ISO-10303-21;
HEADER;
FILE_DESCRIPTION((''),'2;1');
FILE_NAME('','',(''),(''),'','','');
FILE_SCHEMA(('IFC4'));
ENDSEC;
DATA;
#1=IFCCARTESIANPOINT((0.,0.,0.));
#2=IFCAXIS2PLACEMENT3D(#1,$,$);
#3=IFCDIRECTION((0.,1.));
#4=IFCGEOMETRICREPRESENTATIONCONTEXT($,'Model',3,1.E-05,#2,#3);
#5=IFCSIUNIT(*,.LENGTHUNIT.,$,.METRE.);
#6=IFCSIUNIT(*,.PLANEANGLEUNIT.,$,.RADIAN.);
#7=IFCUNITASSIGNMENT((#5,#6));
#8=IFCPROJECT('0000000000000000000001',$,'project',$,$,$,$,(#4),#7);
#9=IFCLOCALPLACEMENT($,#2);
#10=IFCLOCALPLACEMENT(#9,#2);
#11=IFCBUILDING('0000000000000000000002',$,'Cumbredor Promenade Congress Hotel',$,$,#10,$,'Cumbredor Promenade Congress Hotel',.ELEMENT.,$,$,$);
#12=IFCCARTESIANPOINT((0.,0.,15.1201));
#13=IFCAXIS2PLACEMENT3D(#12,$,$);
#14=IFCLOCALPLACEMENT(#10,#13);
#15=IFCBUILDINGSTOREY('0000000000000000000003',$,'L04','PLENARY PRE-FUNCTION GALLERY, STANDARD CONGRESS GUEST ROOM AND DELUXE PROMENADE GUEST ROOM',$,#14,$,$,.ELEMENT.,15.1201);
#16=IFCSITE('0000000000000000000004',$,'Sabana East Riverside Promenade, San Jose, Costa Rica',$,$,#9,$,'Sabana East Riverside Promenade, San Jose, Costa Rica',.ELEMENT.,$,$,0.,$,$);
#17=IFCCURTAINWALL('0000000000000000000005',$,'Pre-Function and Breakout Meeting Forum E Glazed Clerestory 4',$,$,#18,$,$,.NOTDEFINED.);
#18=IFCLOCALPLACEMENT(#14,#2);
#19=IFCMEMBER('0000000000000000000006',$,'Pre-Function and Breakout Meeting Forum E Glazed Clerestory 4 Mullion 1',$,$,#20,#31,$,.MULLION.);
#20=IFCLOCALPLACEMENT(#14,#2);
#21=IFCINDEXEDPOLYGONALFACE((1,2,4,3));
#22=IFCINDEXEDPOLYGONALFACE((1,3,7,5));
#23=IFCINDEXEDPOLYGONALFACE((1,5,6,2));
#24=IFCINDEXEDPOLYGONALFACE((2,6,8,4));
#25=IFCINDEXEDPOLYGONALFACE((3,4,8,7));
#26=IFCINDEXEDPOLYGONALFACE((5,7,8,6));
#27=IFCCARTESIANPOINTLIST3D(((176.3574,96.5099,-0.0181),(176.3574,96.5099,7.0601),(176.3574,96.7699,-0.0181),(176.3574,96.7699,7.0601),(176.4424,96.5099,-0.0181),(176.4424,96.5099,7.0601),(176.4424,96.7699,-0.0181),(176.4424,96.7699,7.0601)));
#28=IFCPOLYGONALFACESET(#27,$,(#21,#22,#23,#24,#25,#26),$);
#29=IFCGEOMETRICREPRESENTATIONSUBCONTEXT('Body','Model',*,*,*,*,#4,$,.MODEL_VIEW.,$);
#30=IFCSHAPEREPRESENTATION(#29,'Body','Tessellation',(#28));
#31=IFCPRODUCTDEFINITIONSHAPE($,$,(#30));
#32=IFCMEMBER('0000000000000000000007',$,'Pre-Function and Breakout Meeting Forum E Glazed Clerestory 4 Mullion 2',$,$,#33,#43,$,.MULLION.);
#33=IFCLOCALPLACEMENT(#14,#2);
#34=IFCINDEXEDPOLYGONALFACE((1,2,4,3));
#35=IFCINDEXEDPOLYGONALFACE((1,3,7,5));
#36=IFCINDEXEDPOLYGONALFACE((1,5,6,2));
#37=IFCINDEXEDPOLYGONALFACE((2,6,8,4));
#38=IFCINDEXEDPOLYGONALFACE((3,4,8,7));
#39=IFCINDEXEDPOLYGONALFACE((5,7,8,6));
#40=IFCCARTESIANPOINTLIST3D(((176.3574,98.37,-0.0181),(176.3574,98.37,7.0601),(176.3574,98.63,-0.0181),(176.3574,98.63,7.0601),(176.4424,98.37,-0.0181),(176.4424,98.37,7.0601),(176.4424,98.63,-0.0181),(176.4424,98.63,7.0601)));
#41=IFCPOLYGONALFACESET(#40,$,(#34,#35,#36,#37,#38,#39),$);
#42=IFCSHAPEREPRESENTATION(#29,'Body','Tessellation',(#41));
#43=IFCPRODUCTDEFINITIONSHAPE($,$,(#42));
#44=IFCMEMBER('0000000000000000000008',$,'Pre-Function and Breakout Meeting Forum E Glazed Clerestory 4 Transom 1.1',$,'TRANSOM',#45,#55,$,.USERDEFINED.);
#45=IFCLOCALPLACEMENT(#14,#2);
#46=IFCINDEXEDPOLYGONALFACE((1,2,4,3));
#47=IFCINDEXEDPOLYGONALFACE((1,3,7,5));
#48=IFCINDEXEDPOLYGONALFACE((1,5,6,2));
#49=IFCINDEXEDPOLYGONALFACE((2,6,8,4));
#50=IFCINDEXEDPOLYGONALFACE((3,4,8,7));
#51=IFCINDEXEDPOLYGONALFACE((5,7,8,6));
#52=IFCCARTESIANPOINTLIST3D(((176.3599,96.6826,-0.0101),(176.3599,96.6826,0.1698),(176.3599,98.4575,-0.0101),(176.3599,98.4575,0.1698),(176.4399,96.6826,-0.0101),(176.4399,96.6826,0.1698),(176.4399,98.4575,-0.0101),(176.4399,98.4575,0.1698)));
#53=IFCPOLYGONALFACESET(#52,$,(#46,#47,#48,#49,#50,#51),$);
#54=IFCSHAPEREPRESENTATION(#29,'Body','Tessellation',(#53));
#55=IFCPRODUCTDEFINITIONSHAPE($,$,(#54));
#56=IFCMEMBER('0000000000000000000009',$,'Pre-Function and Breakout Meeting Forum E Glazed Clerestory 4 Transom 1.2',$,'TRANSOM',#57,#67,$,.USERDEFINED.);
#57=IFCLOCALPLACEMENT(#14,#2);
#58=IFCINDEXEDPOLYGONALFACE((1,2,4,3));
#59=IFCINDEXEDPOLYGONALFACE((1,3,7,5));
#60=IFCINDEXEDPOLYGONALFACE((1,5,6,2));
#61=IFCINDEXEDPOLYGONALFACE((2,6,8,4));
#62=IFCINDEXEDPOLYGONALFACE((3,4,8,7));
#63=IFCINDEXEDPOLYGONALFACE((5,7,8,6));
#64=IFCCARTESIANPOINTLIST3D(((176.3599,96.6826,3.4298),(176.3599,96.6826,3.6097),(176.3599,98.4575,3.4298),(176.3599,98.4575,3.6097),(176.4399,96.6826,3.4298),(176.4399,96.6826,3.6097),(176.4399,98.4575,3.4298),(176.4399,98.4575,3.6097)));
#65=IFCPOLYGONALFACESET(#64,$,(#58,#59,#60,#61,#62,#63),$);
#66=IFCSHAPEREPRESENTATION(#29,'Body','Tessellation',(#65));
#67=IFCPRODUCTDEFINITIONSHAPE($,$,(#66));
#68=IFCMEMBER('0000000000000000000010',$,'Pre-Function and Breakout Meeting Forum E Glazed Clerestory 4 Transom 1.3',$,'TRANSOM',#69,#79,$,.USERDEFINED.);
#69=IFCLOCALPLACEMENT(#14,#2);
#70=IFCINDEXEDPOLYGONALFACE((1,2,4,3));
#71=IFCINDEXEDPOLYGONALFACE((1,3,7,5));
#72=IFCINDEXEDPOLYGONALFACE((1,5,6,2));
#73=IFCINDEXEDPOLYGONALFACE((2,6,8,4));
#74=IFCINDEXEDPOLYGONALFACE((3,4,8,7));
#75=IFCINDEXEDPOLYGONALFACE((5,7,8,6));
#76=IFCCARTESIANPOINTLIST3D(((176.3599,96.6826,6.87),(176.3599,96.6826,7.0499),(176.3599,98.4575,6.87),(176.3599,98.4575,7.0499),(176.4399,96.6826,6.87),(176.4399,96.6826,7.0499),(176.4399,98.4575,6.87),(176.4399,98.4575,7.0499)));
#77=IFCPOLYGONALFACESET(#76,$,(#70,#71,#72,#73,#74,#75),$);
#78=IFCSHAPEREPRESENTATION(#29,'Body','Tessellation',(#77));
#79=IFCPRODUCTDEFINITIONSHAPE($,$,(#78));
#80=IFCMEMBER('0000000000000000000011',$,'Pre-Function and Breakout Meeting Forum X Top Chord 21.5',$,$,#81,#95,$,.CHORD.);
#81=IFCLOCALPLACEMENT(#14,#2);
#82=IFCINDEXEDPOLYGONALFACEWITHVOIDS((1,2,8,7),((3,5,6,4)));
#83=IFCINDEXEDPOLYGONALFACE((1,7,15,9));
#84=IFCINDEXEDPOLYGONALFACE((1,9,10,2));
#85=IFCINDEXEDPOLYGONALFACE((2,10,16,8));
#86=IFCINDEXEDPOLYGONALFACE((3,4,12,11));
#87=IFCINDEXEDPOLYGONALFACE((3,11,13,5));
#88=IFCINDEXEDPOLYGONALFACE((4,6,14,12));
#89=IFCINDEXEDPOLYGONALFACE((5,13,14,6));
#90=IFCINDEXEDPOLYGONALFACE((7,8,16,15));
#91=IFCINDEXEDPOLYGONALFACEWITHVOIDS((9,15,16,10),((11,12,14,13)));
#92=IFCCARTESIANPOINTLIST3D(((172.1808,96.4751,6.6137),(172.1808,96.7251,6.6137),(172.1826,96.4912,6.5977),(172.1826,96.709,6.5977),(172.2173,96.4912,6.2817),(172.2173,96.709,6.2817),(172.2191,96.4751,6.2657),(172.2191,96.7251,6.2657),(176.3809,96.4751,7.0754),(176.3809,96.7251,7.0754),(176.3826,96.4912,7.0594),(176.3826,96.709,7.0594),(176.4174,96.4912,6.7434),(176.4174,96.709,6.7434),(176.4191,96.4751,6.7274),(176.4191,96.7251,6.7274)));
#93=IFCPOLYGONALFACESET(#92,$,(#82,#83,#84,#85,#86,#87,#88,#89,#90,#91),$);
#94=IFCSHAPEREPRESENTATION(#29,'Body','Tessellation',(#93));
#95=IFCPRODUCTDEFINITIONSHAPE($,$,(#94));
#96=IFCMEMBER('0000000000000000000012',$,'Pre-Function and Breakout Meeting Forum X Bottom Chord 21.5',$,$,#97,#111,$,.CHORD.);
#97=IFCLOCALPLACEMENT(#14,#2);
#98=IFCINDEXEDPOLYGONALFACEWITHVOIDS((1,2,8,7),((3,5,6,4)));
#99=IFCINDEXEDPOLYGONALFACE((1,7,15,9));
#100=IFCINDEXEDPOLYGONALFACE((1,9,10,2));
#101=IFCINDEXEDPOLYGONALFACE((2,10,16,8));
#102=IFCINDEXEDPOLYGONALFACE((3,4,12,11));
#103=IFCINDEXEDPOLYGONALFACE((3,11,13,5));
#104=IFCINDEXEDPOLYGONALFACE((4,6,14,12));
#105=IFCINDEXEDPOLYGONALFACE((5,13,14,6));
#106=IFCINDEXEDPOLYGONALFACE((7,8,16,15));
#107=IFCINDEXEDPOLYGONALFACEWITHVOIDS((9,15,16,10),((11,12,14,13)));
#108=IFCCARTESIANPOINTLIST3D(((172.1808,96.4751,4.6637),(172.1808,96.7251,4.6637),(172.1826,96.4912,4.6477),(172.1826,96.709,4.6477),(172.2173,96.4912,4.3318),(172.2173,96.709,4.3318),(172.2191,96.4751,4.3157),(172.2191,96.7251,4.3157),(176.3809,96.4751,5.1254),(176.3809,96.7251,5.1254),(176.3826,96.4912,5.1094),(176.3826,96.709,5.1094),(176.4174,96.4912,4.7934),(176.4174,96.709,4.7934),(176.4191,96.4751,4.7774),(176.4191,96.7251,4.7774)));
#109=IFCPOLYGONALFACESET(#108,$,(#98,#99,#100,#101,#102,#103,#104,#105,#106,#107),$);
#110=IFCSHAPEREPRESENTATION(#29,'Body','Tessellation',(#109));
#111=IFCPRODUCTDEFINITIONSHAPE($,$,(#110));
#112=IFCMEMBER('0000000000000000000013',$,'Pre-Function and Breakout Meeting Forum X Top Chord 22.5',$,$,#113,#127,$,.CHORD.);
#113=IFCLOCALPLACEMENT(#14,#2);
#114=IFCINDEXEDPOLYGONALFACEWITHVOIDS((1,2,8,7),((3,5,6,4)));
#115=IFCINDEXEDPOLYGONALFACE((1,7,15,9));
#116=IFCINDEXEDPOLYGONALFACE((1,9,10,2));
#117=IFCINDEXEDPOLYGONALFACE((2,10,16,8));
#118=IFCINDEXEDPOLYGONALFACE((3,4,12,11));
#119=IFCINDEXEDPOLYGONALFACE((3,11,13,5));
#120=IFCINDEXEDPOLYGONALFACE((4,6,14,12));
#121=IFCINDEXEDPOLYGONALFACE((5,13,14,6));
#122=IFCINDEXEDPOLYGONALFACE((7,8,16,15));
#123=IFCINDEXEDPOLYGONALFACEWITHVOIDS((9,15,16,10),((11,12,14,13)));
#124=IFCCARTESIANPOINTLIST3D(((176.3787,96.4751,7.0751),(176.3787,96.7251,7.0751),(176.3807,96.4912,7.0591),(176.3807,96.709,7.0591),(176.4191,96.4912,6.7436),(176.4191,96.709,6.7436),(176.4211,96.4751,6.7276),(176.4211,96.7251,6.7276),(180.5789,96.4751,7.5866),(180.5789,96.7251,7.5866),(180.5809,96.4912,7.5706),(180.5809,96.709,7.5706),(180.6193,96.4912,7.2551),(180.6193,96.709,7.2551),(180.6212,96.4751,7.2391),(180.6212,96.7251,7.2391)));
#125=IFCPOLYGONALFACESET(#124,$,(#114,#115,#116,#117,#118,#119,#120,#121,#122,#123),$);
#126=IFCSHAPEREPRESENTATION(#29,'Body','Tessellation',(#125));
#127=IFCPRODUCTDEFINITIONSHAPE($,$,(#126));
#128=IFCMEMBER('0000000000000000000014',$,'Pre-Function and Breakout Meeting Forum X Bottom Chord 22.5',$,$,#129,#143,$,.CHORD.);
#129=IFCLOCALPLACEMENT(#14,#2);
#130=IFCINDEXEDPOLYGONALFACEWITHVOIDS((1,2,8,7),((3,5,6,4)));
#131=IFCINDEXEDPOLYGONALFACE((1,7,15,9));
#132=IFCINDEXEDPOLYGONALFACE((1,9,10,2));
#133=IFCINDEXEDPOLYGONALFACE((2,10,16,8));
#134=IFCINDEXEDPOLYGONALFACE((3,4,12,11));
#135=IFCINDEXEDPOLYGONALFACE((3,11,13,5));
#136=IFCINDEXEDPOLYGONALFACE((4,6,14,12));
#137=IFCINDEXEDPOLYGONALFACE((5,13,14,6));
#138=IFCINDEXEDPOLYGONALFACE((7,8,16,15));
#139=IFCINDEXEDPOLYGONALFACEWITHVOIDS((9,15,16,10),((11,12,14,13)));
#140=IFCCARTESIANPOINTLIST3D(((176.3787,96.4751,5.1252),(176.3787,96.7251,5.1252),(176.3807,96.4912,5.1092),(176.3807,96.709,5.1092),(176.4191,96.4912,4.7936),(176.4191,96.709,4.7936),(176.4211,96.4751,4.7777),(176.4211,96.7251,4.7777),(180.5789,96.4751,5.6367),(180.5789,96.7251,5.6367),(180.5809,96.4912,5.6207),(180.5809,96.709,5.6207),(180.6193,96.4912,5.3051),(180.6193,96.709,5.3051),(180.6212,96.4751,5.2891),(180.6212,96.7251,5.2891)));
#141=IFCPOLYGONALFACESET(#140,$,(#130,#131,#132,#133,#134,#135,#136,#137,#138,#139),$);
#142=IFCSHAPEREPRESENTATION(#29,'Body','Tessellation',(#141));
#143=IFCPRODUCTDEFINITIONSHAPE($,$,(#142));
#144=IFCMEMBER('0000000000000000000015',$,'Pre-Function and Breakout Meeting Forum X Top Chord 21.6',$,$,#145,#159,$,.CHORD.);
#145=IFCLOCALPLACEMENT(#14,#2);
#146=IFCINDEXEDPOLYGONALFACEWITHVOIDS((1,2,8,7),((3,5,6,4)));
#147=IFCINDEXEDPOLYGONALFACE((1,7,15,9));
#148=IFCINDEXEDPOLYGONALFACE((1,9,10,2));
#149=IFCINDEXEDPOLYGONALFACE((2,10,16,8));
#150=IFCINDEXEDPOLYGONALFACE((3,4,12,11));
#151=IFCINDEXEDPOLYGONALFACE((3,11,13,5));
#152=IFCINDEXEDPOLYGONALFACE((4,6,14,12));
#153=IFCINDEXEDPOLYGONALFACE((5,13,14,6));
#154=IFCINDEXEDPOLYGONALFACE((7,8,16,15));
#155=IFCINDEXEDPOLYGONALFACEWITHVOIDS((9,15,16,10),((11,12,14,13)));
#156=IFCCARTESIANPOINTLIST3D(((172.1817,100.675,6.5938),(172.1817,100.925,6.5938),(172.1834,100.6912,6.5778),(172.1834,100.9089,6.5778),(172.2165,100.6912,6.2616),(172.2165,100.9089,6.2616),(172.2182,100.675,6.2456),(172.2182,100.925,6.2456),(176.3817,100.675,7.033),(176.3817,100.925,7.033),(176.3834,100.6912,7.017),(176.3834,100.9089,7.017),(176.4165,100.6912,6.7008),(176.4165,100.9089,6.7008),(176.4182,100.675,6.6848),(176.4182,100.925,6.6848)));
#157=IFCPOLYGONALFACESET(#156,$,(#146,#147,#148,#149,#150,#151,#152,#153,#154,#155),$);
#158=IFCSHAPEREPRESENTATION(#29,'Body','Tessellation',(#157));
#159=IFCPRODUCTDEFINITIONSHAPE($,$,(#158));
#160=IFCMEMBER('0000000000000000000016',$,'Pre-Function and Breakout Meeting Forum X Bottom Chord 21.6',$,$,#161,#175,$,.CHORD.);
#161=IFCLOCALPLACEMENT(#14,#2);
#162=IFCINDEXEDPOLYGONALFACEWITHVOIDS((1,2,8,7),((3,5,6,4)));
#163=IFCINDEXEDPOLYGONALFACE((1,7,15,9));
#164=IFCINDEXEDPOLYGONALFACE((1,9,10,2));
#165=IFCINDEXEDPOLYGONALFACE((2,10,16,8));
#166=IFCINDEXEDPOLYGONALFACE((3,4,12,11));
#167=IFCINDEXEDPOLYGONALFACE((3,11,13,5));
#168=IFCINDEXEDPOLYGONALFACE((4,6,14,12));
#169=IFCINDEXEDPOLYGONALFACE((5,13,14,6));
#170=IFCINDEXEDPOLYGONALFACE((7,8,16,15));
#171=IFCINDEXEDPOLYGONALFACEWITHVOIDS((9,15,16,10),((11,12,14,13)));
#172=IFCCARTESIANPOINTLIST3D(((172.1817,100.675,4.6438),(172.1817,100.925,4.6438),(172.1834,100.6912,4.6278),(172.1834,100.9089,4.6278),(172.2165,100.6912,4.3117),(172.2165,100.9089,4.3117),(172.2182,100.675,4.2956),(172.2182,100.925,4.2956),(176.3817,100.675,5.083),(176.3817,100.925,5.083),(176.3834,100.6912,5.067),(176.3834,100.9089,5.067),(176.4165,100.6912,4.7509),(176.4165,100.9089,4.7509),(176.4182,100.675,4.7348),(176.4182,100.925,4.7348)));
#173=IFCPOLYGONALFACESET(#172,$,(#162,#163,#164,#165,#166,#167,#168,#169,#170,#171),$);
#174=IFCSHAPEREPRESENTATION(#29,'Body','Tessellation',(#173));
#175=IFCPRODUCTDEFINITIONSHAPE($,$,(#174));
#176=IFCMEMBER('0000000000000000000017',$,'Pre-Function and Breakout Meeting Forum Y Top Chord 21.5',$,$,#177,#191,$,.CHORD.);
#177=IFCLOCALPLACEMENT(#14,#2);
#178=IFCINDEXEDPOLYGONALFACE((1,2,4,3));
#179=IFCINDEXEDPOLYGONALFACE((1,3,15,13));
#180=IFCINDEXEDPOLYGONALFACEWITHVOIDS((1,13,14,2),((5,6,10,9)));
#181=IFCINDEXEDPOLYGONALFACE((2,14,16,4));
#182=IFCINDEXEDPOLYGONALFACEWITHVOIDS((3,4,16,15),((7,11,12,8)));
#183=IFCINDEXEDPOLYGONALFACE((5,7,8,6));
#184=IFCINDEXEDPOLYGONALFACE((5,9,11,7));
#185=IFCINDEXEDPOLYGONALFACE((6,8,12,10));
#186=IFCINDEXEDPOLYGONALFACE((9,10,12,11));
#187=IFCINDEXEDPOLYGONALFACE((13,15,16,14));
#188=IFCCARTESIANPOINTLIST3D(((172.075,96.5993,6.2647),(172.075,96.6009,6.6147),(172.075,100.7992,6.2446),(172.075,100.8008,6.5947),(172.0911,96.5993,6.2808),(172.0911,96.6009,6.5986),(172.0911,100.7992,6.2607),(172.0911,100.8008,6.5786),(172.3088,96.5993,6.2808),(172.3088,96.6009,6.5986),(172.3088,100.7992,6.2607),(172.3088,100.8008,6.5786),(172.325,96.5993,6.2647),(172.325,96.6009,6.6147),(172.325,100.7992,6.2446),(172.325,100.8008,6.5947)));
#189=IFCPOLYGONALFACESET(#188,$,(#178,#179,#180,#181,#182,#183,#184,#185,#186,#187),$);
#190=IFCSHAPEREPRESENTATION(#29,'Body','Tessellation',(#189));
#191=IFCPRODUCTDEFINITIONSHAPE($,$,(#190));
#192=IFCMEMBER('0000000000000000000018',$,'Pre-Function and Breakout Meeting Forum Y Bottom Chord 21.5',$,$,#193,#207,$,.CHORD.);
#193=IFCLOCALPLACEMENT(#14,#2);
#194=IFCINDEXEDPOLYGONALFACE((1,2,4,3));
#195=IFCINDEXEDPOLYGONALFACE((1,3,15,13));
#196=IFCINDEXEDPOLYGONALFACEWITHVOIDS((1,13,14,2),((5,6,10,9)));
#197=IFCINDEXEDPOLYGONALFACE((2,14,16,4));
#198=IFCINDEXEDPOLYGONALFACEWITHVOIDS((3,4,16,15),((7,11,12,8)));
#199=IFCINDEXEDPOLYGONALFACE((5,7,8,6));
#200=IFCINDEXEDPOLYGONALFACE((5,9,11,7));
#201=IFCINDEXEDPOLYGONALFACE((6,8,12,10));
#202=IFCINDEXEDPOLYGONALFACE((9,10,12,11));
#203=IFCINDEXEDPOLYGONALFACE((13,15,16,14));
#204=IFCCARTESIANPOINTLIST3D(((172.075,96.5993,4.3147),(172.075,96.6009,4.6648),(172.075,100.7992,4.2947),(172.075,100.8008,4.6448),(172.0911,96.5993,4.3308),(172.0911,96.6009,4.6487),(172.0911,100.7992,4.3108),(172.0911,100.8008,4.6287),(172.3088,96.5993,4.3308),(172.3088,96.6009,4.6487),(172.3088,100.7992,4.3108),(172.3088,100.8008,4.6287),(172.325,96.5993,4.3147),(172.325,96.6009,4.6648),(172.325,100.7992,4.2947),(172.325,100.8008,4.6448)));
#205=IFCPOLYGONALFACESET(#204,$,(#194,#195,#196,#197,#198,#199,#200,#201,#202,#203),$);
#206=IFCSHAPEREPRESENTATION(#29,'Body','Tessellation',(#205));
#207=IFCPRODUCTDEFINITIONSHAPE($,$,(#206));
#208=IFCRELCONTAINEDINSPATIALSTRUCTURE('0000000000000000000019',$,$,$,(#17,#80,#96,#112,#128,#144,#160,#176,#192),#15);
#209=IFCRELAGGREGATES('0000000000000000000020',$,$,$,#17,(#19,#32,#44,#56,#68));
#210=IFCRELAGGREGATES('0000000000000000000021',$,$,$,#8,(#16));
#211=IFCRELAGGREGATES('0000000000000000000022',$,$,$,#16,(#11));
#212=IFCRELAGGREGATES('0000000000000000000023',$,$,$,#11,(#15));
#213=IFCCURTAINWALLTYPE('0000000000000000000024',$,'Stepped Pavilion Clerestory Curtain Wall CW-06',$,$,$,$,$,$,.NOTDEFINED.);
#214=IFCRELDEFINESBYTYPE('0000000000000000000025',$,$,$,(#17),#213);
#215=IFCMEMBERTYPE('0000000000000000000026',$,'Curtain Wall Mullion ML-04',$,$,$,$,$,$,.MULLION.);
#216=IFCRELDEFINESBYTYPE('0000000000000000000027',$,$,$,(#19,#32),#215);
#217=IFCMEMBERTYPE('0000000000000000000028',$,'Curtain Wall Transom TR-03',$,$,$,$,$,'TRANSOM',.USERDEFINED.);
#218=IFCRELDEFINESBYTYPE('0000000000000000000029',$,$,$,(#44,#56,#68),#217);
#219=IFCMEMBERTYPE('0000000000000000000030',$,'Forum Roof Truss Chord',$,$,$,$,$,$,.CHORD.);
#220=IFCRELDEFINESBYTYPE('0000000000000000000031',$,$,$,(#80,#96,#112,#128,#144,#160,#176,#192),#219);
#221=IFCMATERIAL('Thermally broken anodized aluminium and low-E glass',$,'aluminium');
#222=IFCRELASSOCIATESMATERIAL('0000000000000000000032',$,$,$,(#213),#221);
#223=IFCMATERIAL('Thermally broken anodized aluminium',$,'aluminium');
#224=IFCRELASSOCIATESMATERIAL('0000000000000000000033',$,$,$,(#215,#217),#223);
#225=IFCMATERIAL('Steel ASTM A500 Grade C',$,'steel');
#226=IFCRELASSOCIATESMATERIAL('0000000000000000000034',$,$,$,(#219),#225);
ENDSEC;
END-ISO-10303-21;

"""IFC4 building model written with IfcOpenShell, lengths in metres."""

from ifc_helpers import new_model, si_unit, direction, frame, origin, origin_2d, place, context, subcontext, project, spatial, rectangle, hollow_rectangle, extrude, material, material_profile, profile_set, type_object, element, aggregate, save


model = new_model("IFC4")

# Units and contexts
model_context = context("Model", 3, precision=1e-05, world=origin(), true_north=direction((0.0, 1.0)))
body_context = subcontext(model_context, "Body", "Model", "MODEL_VIEW")
ifc_project = project(units=[si_unit("LENGTHUNIT", "METRE"), si_unit("PLANEANGLEUNIT", "RADIAN")], contexts=[model_context])

# Site, building, storey
site_placement = place(None, origin())
site = spatial("IfcSite", under=ifc_project, at=site_placement, Name="Sabana East Riverside Promenade, San Jose, Costa Rica", LongName="Sabana East Riverside Promenade, San Jose, Costa Rica", CompositionType="ELEMENT", RefElevation=0.0)
building_placement = place(site_placement, origin())
building = spatial("IfcBuilding", under=site, at=building_placement, Name="Cumbredor Promenade Congress Hotel", LongName="Cumbredor Promenade Congress Hotel", CompositionType="ELEMENT")
storey_placement = place(building_placement, frame((0.0, 0.0, 15.1201)))
storey = spatial("IfcBuildingStorey", under=building, at=storey_placement, Name="L04", Description="PLENARY PRE-FUNCTION GALLERY, STANDARD CONGRESS GUEST ROOM AND DELUXE PROMENADE GUEST ROOM", CompositionType="ELEMENT", Elevation=15.1201)

# Curtain wall, members
ifc_material_1 = material(Name="Thermally broken anodized aluminium and low-E glass", Category="aluminium")
curtain_wall_type = type_object("IfcCurtainWallType", Name="Stepped Pavilion Clerestory Curtain Wall CW-06", PredefinedType="NOTDEFINED", material=ifc_material_1)
curtain_wall_placement = place(storey_placement, origin())
curtain_wall = element("IfcCurtainWall", 1, at=curtain_wall_placement, inside=storey, type_object=curtain_wall_type, Name="Pre-Function and Breakout Meeting Forum E Glazed Clerestory 4", PredefinedType="NOTDEFINED")
ifc_material_2 = material(Name="Thermally broken anodized aluminium", Category="aluminium")
ifc_material_profile_1 = material_profile(ifc_material_2, rectangle(XDim=0.085, YDim=0.26, at=origin_2d()), Name="ALU MULLION CLERESTORY 85x260")
ifc_profile_set_1 = profile_set([ifc_material_profile_1], Name="Thermally broken anodized aluminium")
member_type_1 = type_object("IfcMemberType", Name="Curtain Wall Mullion ML-04", PredefinedType="MULLION", material=ifc_profile_set_1)
member_1_placement = place(storey_placement, frame((176.3999, 96.6399, -0.0181), z_axis=(0.0, 0.0, 1.0), x_axis=(1.0, 0.0, 0.0)))
member_1 = element("IfcMember", 2, at=member_1_placement, type_object=member_type_1, Name="Pre-Function and Breakout Meeting Forum E Glazed Clerestory 4 Mullion 1", PredefinedType="MULLION", context=body_context, shape_type="SweptSolid", body=[
    extrude(rectangle(XDim=0.085, YDim=0.26, at=origin_2d()), origin(), (0.0, 0.0, 1.0), 7.0781),
])
member_2_placement = place(storey_placement, frame((176.3999, 98.5, -0.0181), z_axis=(0.0, 0.0, 1.0), x_axis=(1.0, 0.0, 0.0)))
member_2 = element("IfcMember", 3, at=member_2_placement, type_object=member_type_1, Name="Pre-Function and Breakout Meeting Forum E Glazed Clerestory 4 Mullion 2", PredefinedType="MULLION", context=body_context, shape_type="SweptSolid", body=[
    extrude(rectangle(XDim=0.085, YDim=0.26, at=origin_2d()), origin(), (0.0, 0.0, 1.0), 7.0781),
])
ifc_material_profile_2 = material_profile(ifc_material_2, rectangle(XDim=0.0801, YDim=0.1799, at=origin_2d()), Name="ALU TRANSOM 80x180")
ifc_profile_set_2 = profile_set([ifc_material_profile_2], Name="Thermally broken anodized aluminium")
member_type_2 = type_object("IfcMemberType", Name="Curtain Wall Transom TR-03", ElementType="TRANSOM", PredefinedType="USERDEFINED", material=ifc_profile_set_2)
member_3_placement = place(storey_placement, frame((176.3999, 96.6826, 0.0798), z_axis=(0.0, 1.0, 0.0), x_axis=(-1.0, 0.0, 0.0)))
member_3 = element("IfcMember", 4, at=member_3_placement, type_object=member_type_2, Name="Pre-Function and Breakout Meeting Forum E Glazed Clerestory 4 Transom 1.1", ObjectType="TRANSOM", PredefinedType="USERDEFINED", context=body_context, shape_type="SweptSolid", body=[
    extrude(rectangle(XDim=0.0801, YDim=0.1799, at=origin_2d()), origin(), (0.0, 0.0, 1.0), 1.7749),
])
member_4_placement = place(storey_placement, frame((176.3999, 96.6826, 3.5198), z_axis=(0.0, 1.0, 0.0), x_axis=(-1.0, 0.0, 0.0)))
member_4 = element("IfcMember", 5, at=member_4_placement, type_object=member_type_2, Name="Pre-Function and Breakout Meeting Forum E Glazed Clerestory 4 Transom 1.2", ObjectType="TRANSOM", PredefinedType="USERDEFINED", context=body_context, shape_type="SweptSolid", body=[
    extrude(rectangle(XDim=0.0801, YDim=0.1799, at=origin_2d()), origin(), (0.0, 0.0, 1.0), 1.7749),
])
member_5_placement = place(storey_placement, frame((176.3999, 96.6826, 6.96), z_axis=(0.0, 1.0, 0.0), x_axis=(-1.0, 0.0, 0.0)))
member_5 = element("IfcMember", 6, at=member_5_placement, type_object=member_type_2, Name="Pre-Function and Breakout Meeting Forum E Glazed Clerestory 4 Transom 1.3", ObjectType="TRANSOM", PredefinedType="USERDEFINED", context=body_context, shape_type="SweptSolid", body=[
    extrude(rectangle(XDim=0.0801, YDim=0.1799, at=origin_2d()), origin(), (0.0, 0.0, 1.0), 1.7749),
])

# Members
ifc_material_3 = material(Name="Steel ASTM A500 Grade C", Category="steel")
ifc_material_profile_3 = material_profile(ifc_material_3, hollow_rectangle(XDim=0.25, YDim=0.3501, WallThickness=0.0161, at=origin_2d()), Name="HSS 350x250x16")
ifc_profile_set_3 = profile_set([ifc_material_profile_3], Name="Steel ASTM A500 Grade C")
member_type_3 = type_object("IfcMemberType", Name="Forum Roof Truss Chord", PredefinedType="CHORD", material=ifc_profile_set_3)
for number, where, z_axis, x_axis, name in (
    (7, (172.2, 96.6001, 6.4397), (0.994013, 0.0, 0.109265), (0.0, 1.0, 0.0), "Pre-Function and Breakout Meeting Forum X Top Chord 21.5"),
    (8, (172.2, 96.6001, 4.4897), (0.994013, 0.0, 0.109265), (0.0, 1.0, 0.0), "Pre-Function and Breakout Meeting Forum X Bottom Chord 21.5"),
):
    element("IfcMember", number, at=place(storey_placement, frame(where, z_axis=z_axis, x_axis=x_axis)), inside=storey, type_object=member_type_3, Name=name, PredefinedType="CHORD", context=body_context, shape_type="SweptSolid", body=[
        extrude(hollow_rectangle(XDim=0.25, YDim=0.3501, WallThickness=0.0161, at=origin_2d()), origin(), (0.0, 0.0, 1.0), 4.2253),
    ])
for number, where, z_axis, x_axis, name in (
    (9, (176.3999, 96.6001, 6.9014), (0.992667, 0.0, 0.120881), (0.0, 1.0, 0.0), "Pre-Function and Breakout Meeting Forum X Top Chord 22.5"),
    (10, (176.3999, 96.6001, 4.9514), (0.992667, 0.0, 0.120881), (0.0, 1.0, 0.0), "Pre-Function and Breakout Meeting Forum X Bottom Chord 22.5"),
):
    element("IfcMember", number, at=place(storey_placement, frame(where, z_axis=z_axis, x_axis=x_axis)), inside=storey, type_object=member_type_3, Name=name, PredefinedType="CHORD", context=body_context, shape_type="SweptSolid", body=[
        extrude(hollow_rectangle(XDim=0.25, YDim=0.3501, WallThickness=0.0161, at=origin_2d()), origin(), (0.0, 0.0, 1.0), 4.2312),
    ])
for number, where, z_axis, x_axis, name in (
    (11, (172.2, 100.8, 6.4197), (0.994577, 0.0, 0.104008), (0.0, 1.0, 0.0), "Pre-Function and Breakout Meeting Forum X Top Chord 21.6"),
    (12, (172.2, 100.8, 4.4697), (0.994577, 0.0, 0.104008), (0.0, 1.0, 0.0), "Pre-Function and Breakout Meeting Forum X Bottom Chord 21.6"),
):
    element("IfcMember", number, at=place(storey_placement, frame(where, z_axis=z_axis, x_axis=x_axis)), inside=storey, type_object=member_type_3, Name=name, PredefinedType="CHORD", context=body_context, shape_type="SweptSolid", body=[
        extrude(hollow_rectangle(XDim=0.25, YDim=0.3501, WallThickness=0.0161, at=origin_2d()), origin(), (0.0, 0.0, 1.0), 4.2229),
    ])
for number, where, z_axis, x_axis, name in (
    (13, (172.2, 96.6001, 6.4397), (0.0, 0.999989, -0.004767), (-1.0, 0.0, 0.0), "Pre-Function and Breakout Meeting Forum Y Top Chord 21.5"),
    (14, (172.2, 96.6001, 4.4897), (0.0, 0.999989, -0.004767), (-1.0, 0.0, 0.0), "Pre-Function and Breakout Meeting Forum Y Bottom Chord 21.5"),
):
    element("IfcMember", number, at=place(storey_placement, frame(where, z_axis=z_axis, x_axis=x_axis)), inside=storey, type_object=member_type_3, Name=name, PredefinedType="CHORD", context=body_context, shape_type="SweptSolid", body=[
        extrude(hollow_rectangle(XDim=0.25, YDim=0.3501, WallThickness=0.0161, at=origin_2d()), origin(), (0.0, 0.0, 1.0), 4.2),
    ])

aggregate(curtain_wall, [member_1, member_2, member_3, member_4, member_5])

save(model, "model.ifc")
